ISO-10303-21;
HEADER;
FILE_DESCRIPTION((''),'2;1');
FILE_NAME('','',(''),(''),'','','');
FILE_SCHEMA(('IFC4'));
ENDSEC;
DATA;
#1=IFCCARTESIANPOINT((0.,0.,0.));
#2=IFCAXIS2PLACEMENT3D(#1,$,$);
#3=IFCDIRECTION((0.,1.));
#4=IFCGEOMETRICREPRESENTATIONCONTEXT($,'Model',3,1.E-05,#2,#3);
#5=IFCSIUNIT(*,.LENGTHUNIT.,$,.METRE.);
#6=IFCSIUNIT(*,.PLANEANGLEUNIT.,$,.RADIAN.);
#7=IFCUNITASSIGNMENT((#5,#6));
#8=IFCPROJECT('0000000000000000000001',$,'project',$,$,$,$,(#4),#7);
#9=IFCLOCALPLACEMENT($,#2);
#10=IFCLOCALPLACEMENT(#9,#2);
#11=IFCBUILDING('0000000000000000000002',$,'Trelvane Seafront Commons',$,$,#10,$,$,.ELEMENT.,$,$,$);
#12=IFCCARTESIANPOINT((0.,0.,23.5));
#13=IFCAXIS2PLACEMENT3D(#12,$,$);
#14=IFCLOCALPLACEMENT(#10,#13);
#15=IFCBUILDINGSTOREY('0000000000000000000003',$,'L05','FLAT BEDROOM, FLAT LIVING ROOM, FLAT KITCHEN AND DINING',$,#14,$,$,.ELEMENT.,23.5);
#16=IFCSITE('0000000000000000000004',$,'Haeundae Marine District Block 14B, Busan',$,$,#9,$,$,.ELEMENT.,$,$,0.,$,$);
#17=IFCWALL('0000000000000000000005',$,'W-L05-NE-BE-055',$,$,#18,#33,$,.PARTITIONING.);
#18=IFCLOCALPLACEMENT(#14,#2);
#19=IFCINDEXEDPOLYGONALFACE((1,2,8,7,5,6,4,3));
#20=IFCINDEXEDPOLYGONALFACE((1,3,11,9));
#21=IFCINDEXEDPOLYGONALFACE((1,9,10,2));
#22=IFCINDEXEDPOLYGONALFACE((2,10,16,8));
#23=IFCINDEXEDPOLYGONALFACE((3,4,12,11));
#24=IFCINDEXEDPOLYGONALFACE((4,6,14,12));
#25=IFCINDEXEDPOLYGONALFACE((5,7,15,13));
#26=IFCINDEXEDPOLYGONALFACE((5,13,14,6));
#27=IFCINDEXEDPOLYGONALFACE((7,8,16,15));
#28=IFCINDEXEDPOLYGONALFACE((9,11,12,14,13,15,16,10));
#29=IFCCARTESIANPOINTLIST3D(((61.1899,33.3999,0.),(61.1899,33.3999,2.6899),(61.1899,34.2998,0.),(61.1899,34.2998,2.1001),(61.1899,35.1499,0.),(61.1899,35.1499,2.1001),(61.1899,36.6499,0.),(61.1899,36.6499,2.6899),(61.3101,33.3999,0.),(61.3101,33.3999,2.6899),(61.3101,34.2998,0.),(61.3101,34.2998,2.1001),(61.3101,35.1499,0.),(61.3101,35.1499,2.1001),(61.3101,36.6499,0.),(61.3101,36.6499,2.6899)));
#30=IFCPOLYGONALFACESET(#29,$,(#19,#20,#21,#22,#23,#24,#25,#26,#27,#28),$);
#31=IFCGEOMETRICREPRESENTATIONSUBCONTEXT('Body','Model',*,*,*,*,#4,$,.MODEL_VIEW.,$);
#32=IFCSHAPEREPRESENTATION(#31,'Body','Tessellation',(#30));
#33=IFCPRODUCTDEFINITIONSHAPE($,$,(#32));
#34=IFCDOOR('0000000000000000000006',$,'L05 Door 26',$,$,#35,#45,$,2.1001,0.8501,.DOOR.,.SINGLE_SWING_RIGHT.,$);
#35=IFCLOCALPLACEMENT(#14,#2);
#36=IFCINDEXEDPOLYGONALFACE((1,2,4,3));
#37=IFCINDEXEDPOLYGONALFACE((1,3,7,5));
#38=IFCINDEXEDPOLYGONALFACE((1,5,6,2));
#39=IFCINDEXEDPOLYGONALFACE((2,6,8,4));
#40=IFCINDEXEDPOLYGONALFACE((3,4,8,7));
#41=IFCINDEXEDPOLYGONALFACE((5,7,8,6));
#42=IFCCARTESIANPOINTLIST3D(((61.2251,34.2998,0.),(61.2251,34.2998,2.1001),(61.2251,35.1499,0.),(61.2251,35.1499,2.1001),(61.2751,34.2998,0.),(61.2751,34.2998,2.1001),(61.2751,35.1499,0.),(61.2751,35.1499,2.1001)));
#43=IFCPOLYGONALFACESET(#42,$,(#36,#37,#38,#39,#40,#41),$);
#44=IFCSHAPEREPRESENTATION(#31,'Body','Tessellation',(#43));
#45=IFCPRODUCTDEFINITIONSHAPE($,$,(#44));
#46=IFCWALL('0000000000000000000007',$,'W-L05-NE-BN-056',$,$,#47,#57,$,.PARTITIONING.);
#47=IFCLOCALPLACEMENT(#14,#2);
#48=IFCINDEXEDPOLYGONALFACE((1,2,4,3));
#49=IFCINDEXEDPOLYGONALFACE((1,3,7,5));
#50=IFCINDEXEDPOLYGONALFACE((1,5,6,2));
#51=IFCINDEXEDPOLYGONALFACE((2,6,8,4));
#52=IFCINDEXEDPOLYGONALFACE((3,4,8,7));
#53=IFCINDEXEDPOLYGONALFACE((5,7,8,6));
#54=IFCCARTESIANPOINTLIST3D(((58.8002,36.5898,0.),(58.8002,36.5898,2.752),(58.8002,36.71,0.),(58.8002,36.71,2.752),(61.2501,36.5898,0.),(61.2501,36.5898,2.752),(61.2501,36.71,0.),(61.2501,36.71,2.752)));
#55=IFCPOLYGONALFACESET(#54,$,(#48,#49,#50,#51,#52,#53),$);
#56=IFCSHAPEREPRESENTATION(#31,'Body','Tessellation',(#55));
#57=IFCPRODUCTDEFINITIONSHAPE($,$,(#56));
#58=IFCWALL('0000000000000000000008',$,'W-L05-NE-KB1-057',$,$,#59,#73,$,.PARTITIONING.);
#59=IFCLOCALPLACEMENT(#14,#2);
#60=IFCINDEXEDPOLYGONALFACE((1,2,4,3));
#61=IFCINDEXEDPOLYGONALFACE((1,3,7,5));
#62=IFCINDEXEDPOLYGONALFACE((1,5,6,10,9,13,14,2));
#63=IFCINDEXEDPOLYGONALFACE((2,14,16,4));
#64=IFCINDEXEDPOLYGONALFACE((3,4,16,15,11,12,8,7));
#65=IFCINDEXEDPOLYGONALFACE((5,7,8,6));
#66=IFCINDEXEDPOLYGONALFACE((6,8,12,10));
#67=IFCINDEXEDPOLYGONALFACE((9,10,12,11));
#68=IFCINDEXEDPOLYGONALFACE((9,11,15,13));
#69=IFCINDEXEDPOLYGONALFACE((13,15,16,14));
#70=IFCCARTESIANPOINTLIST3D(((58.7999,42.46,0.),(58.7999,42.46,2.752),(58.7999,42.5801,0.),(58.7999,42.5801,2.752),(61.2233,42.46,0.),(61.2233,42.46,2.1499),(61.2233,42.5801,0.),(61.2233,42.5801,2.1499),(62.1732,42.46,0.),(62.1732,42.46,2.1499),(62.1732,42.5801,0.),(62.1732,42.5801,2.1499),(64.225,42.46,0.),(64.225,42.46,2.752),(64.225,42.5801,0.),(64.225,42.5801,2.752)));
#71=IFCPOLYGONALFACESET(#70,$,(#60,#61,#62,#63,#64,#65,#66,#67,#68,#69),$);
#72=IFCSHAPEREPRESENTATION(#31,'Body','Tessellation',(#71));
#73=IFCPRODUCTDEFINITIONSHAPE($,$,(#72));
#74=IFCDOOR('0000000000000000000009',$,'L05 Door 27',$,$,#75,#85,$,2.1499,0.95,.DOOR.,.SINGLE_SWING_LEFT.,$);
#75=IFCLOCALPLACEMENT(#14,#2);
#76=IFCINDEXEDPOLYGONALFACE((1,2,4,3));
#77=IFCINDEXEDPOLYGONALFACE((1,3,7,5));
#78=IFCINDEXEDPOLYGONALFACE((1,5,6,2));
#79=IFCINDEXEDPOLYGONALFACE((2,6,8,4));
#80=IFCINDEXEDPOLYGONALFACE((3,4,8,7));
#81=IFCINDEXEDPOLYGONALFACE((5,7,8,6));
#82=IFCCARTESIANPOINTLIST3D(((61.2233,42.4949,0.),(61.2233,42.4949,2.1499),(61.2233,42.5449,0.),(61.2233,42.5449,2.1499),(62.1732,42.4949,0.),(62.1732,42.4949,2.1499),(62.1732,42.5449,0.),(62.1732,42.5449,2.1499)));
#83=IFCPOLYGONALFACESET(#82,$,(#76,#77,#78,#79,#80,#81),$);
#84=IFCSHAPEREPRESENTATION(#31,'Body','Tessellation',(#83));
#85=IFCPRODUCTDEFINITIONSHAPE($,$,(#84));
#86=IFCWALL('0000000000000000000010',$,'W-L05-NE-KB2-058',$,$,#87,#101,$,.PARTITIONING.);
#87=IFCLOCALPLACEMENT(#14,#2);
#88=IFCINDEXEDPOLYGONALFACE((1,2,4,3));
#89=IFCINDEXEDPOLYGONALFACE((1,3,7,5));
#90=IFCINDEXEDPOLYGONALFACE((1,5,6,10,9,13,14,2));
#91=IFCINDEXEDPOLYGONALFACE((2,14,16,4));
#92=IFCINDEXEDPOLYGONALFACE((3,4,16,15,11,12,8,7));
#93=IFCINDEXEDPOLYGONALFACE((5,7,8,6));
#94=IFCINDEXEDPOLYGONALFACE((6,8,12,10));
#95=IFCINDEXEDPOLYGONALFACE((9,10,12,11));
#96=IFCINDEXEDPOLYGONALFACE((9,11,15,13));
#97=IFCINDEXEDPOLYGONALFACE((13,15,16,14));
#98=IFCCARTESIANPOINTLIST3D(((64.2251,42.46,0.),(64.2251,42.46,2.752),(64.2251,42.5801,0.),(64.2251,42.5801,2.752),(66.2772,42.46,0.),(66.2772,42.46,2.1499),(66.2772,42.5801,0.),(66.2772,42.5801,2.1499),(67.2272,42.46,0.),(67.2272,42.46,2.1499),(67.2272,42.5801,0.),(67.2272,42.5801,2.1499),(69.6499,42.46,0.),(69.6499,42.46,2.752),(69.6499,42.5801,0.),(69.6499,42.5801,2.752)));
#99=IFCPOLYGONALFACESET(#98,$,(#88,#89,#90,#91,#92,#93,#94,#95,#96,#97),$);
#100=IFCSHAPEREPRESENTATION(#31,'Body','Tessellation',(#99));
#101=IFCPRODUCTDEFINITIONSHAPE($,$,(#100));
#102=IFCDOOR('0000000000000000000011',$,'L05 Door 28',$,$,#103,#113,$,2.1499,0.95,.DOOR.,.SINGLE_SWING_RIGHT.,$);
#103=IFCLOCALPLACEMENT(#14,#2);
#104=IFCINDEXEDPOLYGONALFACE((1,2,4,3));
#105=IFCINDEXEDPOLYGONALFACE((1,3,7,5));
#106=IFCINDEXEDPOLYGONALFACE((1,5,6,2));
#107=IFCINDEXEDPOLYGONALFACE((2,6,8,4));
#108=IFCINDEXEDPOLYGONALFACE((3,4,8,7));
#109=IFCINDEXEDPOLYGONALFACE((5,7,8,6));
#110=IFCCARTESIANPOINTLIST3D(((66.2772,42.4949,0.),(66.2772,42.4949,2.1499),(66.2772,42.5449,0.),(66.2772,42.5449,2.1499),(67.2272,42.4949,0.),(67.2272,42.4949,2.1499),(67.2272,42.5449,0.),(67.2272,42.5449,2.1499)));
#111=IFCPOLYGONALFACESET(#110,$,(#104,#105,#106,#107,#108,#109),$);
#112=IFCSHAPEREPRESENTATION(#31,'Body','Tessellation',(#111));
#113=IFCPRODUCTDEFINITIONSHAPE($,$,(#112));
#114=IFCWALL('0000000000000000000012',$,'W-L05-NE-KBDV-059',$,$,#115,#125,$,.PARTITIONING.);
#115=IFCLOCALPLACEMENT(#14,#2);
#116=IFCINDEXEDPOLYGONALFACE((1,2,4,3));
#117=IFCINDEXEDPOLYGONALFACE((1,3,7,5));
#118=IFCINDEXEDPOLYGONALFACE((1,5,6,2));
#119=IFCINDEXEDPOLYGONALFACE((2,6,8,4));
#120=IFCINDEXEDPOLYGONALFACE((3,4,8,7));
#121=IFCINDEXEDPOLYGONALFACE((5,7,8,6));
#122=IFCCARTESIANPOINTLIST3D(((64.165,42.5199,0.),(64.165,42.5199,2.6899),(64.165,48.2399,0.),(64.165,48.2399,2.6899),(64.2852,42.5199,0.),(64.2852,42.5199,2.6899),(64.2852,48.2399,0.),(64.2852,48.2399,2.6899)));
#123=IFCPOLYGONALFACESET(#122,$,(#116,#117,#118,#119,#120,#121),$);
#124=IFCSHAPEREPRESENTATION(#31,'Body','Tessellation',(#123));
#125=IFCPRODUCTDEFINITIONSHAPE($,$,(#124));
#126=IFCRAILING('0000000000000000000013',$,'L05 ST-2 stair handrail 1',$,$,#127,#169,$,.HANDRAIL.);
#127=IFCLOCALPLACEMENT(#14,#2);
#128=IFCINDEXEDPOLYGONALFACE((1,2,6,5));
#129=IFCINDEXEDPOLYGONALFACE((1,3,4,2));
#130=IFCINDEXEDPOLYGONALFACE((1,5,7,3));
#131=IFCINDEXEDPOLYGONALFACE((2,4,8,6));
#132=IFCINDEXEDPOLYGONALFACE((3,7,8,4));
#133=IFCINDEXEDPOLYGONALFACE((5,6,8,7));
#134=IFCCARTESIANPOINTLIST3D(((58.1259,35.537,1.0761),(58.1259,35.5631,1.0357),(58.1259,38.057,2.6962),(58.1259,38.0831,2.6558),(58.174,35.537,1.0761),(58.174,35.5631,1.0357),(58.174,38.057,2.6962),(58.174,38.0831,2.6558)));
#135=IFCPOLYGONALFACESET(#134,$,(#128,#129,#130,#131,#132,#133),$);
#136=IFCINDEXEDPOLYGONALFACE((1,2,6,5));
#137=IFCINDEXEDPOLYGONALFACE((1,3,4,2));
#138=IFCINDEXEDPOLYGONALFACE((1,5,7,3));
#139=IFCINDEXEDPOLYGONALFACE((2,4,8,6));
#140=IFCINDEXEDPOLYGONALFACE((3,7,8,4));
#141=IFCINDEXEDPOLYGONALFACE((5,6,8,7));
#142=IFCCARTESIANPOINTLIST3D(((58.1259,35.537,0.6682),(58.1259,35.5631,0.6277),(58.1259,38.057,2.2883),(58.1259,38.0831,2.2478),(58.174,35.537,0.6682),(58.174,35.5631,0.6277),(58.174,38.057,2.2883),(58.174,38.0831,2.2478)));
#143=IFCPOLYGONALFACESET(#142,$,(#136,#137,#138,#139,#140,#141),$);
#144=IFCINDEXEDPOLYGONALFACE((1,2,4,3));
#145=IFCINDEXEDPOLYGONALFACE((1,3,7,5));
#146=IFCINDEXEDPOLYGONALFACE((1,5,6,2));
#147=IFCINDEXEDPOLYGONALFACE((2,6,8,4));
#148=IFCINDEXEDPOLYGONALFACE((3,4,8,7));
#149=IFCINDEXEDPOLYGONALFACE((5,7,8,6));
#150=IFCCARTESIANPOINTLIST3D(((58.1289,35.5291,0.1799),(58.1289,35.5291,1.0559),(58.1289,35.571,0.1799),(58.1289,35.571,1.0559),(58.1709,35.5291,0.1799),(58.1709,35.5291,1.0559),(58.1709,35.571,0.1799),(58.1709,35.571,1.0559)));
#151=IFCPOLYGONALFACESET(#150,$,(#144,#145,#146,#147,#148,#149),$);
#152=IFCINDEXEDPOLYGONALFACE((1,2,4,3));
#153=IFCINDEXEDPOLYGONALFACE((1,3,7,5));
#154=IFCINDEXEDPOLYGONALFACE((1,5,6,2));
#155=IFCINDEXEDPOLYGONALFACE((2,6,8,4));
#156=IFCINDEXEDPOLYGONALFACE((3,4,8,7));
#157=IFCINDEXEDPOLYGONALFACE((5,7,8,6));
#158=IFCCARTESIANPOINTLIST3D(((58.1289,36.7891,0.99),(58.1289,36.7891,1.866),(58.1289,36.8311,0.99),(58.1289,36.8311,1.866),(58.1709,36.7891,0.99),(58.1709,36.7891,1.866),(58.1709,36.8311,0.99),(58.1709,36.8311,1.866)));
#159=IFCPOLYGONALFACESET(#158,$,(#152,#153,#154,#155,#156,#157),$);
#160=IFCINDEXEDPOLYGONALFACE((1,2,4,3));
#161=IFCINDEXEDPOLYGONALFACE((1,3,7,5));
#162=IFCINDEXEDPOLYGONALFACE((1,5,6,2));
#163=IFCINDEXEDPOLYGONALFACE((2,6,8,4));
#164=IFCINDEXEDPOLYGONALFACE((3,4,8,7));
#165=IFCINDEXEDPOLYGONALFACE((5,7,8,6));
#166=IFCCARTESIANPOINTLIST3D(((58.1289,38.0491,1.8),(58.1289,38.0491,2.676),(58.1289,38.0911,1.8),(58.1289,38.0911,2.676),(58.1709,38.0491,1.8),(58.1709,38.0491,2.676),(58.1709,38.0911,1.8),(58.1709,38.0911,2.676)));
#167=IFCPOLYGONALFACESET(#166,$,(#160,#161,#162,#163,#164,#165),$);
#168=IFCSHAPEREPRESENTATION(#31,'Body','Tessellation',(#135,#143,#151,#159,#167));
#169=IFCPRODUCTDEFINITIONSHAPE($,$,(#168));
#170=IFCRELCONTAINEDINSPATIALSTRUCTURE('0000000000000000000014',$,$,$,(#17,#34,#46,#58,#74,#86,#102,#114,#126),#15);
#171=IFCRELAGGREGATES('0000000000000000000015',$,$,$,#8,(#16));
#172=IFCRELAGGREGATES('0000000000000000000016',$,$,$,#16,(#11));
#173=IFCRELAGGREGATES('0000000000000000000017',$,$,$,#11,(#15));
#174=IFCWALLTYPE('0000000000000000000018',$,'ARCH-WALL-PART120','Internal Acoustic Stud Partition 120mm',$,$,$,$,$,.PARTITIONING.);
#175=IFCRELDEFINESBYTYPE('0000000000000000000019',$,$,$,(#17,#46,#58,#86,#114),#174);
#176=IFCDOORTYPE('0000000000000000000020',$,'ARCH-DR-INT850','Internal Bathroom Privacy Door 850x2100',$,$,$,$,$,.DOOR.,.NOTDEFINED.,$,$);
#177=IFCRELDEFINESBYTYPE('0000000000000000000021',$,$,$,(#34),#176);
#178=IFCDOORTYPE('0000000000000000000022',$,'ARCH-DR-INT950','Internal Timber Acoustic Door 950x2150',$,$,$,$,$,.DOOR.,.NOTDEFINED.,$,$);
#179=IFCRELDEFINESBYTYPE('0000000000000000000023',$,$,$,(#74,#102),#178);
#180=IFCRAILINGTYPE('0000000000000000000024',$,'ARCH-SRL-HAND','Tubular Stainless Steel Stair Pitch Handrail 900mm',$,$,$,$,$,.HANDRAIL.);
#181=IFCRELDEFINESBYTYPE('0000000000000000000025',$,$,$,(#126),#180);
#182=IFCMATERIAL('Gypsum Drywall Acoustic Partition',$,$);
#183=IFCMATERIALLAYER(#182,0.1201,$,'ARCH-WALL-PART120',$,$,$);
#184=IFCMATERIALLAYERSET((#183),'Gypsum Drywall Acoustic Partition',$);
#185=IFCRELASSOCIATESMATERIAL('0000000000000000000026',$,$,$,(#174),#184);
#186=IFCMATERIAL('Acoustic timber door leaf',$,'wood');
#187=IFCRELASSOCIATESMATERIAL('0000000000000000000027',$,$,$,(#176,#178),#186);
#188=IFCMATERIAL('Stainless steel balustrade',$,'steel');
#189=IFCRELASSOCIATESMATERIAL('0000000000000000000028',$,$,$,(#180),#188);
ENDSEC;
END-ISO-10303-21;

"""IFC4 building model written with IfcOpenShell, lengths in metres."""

from ifc_helpers import new_model, si_unit, direction, frame, frame_2d, origin, origin_2d, place, context, subcontext, project, spatial, rectangle, extrude, source, transform, mapped, material, layer, layer_set, type_object, element, fill, save


model = new_model("IFC4")

# Units and contexts
model_context = context("Model", 3, precision=1e-05, world=origin(), true_north=direction((0.0, 1.0)))
body_context = subcontext(model_context, "Body", "Model", "MODEL_VIEW")
ifc_project = project(units=[si_unit("LENGTHUNIT", "METRE"), si_unit("PLANEANGLEUNIT", "RADIAN")], contexts=[model_context])

# Site, building, storey
site_placement = place(None, origin())
site = spatial("IfcSite", under=ifc_project, at=site_placement, Name="Haeundae Marine District Block 14B, Busan", CompositionType="ELEMENT", RefElevation=0.0)
building_placement = place(site_placement, origin())
building = spatial("IfcBuilding", under=site, at=building_placement, Name="Trelvane Seafront Commons", CompositionType="ELEMENT")
storey_placement = place(building_placement, frame((0.0, 0.0, 23.5)))
storey = spatial("IfcBuildingStorey", under=building, at=storey_placement, Name="L05", Description="FLAT BEDROOM, FLAT LIVING ROOM, FLAT KITCHEN AND DINING", CompositionType="ELEMENT", Elevation=23.5)

# Wall, opening, door
ifc_material_1 = material(Name="Gypsum Drywall Acoustic Partition")
ifc_layer_1 = layer(ifc_material_1, 0.1201, Name="ARCH-WALL-PART120")
ifc_layer_set_1 = layer_set([ifc_layer_1], Name="Gypsum Drywall Acoustic Partition")
wall_type_1 = type_object("IfcWallType", Name="ARCH-WALL-PART120", Description="Internal Acoustic Stud Partition 120mm", PredefinedType="PARTITIONING", material=ifc_layer_set_1)
wall_1_placement = place(storey_placement, frame((61.25, 33.3999, 0.0), z_axis=(0.0, 0.0, 1.0), x_axis=(0.0, 1.0, 0.0)))
wall_1 = element("IfcWall", 1, at=wall_1_placement, inside=storey, type_object=wall_type_1, Name="W-L05-NE-BE-055", PredefinedType="PARTITIONING", context=body_context, shape_type="SweptSolid", body=[
    extrude(rectangle(XDim=3.25, YDim=0.1201, at=frame_2d((1.625, 0.0))), origin(), (0.0, 0.0, 1.0), 2.6899),
])
opening_1_placement = place(wall_1_placement, frame((0.8999, 0.0, 0.0)))
opening_1 = element("IfcOpeningElement", 2, at=opening_1_placement, cuts=wall_1, PredefinedType="OPENING", context=body_context, shape_type="SweptSolid", body=[
    extrude(rectangle(XDim=0.8501, YDim=2.1001, at=frame_2d((0.425, 1.05))), frame((0.0, 0.0701, 0.0), z_axis=(0.0, -1.0, 0.0), x_axis=(1.0, 0.0, 0.0)), (0.0, 0.0, 1.0), 0.1401),
])
ifc_material_2 = material(Name="Acoustic timber door leaf", Category="wood")
door_type_1 = type_object("IfcDoorType", Name="ARCH-DR-INT850", Description="Internal Bathroom Privacy Door 850x2100", OperationType="NOTDEFINED", PredefinedType="DOOR", material=ifc_material_2)
shared_shape_1 = source(origin(), body_context, "Body", "SweptSolid", [
    extrude(rectangle(XDim=0.8501, YDim=2.1001, at=frame_2d((0.425, 1.05))), frame((0.0, 0.0249, 0.0), z_axis=(0.0, -1.0, 0.0), x_axis=(1.0, 0.0, 0.0)), (0.0, 0.0, 1.0), 0.05),
])
door_1_placement = place(opening_1_placement, origin())
door_1 = element("IfcDoor", 3, at=door_1_placement, inside=storey, type_object=door_type_1, Name="L05 Door 26", OperationType="SINGLE_SWING_RIGHT", OverallHeight=2.1001, OverallWidth=0.8501, PredefinedType="DOOR", context=body_context, shape_type="MappedRepresentation", body=[
    mapped(shared_shape_1, transform((0.0, 0.0, 0.0), x_axis=(1.0, 0.0, 0.0), y_axis=(0.0, 1.0, 0.0), z_axis=(0.0, 0.0, 1.0), scale=1.0)),
])
fill(opening_1, door_1)

# Wall
wall_2_placement = place(storey_placement, frame((58.8, 36.6499, 0.0), z_axis=(0.0, 0.0, 1.0), x_axis=(1.0, 0.0, 0.0)))
element("IfcWall", 4, at=wall_2_placement, inside=storey, type_object=wall_type_1, Name="W-L05-NE-BN-056", PredefinedType="PARTITIONING", context=body_context, shape_type="SweptSolid", body=[
    extrude(rectangle(XDim=2.45, YDim=0.1201, at=frame_2d((1.2251, 0.0))), origin(), (0.0, 0.0, 1.0), 2.752),
])

# Walls, openings, doors
wall_3_placement = place(storey_placement, frame((58.8, 42.52, 0.0), z_axis=(0.0, 0.0, 1.0), x_axis=(1.0, 0.0, 0.0)))
wall_3 = element("IfcWall", 5, at=wall_3_placement, inside=storey, type_object=wall_type_1, Name="W-L05-NE-KB1-057", PredefinedType="PARTITIONING", context=body_context, shape_type="SweptSolid", body=[
    extrude(rectangle(XDim=5.425, YDim=0.1201, at=frame_2d((2.7124, 0.0))), origin(), (0.0, 0.0, 1.0), 2.752),
])
opening_2_placement = place(wall_3_placement, frame((2.4231, 0.0, 0.0)))
opening_2 = element("IfcOpeningElement", 6, at=opening_2_placement, cuts=wall_3, PredefinedType="OPENING", context=body_context, shape_type="SweptSolid", body=[
    extrude(rectangle(XDim=0.95, YDim=2.1499, at=frame_2d((0.4751, 1.075))), frame((0.0, 0.0701, 0.0), z_axis=(0.0, -1.0, 0.0), x_axis=(1.0, 0.0, 0.0)), (0.0, 0.0, 1.0), 0.1401),
])
door_type_2 = type_object("IfcDoorType", Name="ARCH-DR-INT950", Description="Internal Timber Acoustic Door 950x2150", OperationType="NOTDEFINED", PredefinedType="DOOR", material=ifc_material_2)
shared_shape_2 = source(origin(), body_context, "Body", "SweptSolid", [
    extrude(rectangle(XDim=0.95, YDim=2.1499, at=frame_2d((0.4751, 1.075))), frame((0.0, 0.0249, 0.0), z_axis=(0.0, -1.0, 0.0), x_axis=(1.0, 0.0, 0.0)), (0.0, 0.0, 1.0), 0.05),
])
door_2_placement = place(opening_2_placement, origin())
door_2 = element("IfcDoor", 7, at=door_2_placement, inside=storey, type_object=door_type_2, Name="L05 Door 27", OperationType="SINGLE_SWING_LEFT", OverallHeight=2.1499, OverallWidth=0.95, PredefinedType="DOOR", context=body_context, shape_type="MappedRepresentation", body=[
    mapped(shared_shape_2, transform((0.0, 0.0, 0.0), x_axis=(1.0, 0.0, 0.0), y_axis=(0.0, 1.0, 0.0), z_axis=(0.0, 0.0, 1.0), scale=1.0)),
])
fill(opening_2, door_2)
wall_4_placement = place(storey_placement, frame((64.2251, 42.52, 0.0), z_axis=(0.0, 0.0, 1.0), x_axis=(1.0, 0.0, 0.0)))
wall_4 = element("IfcWall", 8, at=wall_4_placement, inside=storey, type_object=wall_type_1, Name="W-L05-NE-KB2-058", PredefinedType="PARTITIONING", context=body_context, shape_type="SweptSolid", body=[
    extrude(rectangle(XDim=5.4248, YDim=0.1201, at=frame_2d((2.7124, 0.0))), origin(), (0.0, 0.0, 1.0), 2.752),
])
opening_3_placement = place(wall_4_placement, frame((2.052, 0.0, 0.0)))
opening_3 = element("IfcOpeningElement", 9, at=opening_3_placement, cuts=wall_4, PredefinedType="OPENING", context=body_context, shape_type="SweptSolid", body=[
    extrude(rectangle(XDim=0.95, YDim=2.1499, at=frame_2d((0.4751, 1.075))), frame((0.0, 0.0701, 0.0), z_axis=(0.0, -1.0, 0.0), x_axis=(1.0, 0.0, 0.0)), (0.0, 0.0, 1.0), 0.1401),
])
door_3_placement = place(opening_3_placement, origin())
door_3 = element("IfcDoor", 10, at=door_3_placement, inside=storey, type_object=door_type_2, Name="L05 Door 28", OperationType="SINGLE_SWING_RIGHT", OverallHeight=2.1499, OverallWidth=0.95, PredefinedType="DOOR", context=body_context, shape_type="MappedRepresentation", body=[
    mapped(shared_shape_2, transform((0.0, 0.0, 0.0), x_axis=(1.0, 0.0, 0.0), y_axis=(0.0, 1.0, 0.0), z_axis=(0.0, 0.0, 1.0), scale=1.0)),
])
fill(opening_3, door_3)

# Wall
wall_5_placement = place(storey_placement, frame((64.2251, 42.52, 0.0), z_axis=(0.0, 0.0, 1.0), x_axis=(0.0, 1.0, 0.0)))
element("IfcWall", 11, at=wall_5_placement, inside=storey, type_object=wall_type_1, Name="W-L05-NE-KBDV-059", PredefinedType="PARTITIONING", context=body_context, shape_type="SweptSolid", body=[
    extrude(rectangle(XDim=5.72, YDim=0.1201, at=frame_2d((2.8599, 0.0))), origin(), (0.0, 0.0, 1.0), 2.6899),
])

# Railing
ifc_material_3 = material(Name="Stainless steel balustrade", Category="steel")
railing_type = type_object("IfcRailingType", Name="ARCH-SRL-HAND", Description="Tubular Stainless Steel Stair Pitch Handrail 900mm", PredefinedType="HANDRAIL", material=ifc_material_3)
railing_placement = place(storey_placement, frame((58.1499, 35.55, 0.1799)))
element("IfcRailing", 12, at=railing_placement, inside=storey, type_object=railing_type, Name="L05 ST-2 stair handrail 1", PredefinedType="HANDRAIL", context=body_context, shape_type="SweptSolid", body=[
    extrude(rectangle(XDim=0.0481, YDim=0.0481, at=origin_2d()), frame((0.0, 0.0, 0.876), z_axis=(0.0, 0.841163, 0.540782), x_axis=(-1.0, 0.0, 0.0)), (0.0, 0.0, 1.0), 2.9958),
    extrude(rectangle(XDim=0.0481, YDim=0.0481, at=origin_2d()), frame((0.0, 0.0, 0.468), z_axis=(0.0, 0.841163, 0.540782), x_axis=(-1.0, 0.0, 0.0)), (0.0, 0.0, 1.0), 2.9958),
    extrude(rectangle(XDim=0.042, YDim=0.042, at=origin_2d()), origin(), (0.0, 0.0, 1.0), 0.876),
    extrude(rectangle(XDim=0.042, YDim=0.042, at=origin_2d()), frame((0.0, 1.26, 0.8101)), (0.0, 0.0, 1.0), 0.876),
    extrude(rectangle(XDim=0.042, YDim=0.042, at=origin_2d()), frame((0.0, 2.52, 1.6201)), (0.0, 0.0, 1.0), 0.876),
])

save(model, "model.ifc")
